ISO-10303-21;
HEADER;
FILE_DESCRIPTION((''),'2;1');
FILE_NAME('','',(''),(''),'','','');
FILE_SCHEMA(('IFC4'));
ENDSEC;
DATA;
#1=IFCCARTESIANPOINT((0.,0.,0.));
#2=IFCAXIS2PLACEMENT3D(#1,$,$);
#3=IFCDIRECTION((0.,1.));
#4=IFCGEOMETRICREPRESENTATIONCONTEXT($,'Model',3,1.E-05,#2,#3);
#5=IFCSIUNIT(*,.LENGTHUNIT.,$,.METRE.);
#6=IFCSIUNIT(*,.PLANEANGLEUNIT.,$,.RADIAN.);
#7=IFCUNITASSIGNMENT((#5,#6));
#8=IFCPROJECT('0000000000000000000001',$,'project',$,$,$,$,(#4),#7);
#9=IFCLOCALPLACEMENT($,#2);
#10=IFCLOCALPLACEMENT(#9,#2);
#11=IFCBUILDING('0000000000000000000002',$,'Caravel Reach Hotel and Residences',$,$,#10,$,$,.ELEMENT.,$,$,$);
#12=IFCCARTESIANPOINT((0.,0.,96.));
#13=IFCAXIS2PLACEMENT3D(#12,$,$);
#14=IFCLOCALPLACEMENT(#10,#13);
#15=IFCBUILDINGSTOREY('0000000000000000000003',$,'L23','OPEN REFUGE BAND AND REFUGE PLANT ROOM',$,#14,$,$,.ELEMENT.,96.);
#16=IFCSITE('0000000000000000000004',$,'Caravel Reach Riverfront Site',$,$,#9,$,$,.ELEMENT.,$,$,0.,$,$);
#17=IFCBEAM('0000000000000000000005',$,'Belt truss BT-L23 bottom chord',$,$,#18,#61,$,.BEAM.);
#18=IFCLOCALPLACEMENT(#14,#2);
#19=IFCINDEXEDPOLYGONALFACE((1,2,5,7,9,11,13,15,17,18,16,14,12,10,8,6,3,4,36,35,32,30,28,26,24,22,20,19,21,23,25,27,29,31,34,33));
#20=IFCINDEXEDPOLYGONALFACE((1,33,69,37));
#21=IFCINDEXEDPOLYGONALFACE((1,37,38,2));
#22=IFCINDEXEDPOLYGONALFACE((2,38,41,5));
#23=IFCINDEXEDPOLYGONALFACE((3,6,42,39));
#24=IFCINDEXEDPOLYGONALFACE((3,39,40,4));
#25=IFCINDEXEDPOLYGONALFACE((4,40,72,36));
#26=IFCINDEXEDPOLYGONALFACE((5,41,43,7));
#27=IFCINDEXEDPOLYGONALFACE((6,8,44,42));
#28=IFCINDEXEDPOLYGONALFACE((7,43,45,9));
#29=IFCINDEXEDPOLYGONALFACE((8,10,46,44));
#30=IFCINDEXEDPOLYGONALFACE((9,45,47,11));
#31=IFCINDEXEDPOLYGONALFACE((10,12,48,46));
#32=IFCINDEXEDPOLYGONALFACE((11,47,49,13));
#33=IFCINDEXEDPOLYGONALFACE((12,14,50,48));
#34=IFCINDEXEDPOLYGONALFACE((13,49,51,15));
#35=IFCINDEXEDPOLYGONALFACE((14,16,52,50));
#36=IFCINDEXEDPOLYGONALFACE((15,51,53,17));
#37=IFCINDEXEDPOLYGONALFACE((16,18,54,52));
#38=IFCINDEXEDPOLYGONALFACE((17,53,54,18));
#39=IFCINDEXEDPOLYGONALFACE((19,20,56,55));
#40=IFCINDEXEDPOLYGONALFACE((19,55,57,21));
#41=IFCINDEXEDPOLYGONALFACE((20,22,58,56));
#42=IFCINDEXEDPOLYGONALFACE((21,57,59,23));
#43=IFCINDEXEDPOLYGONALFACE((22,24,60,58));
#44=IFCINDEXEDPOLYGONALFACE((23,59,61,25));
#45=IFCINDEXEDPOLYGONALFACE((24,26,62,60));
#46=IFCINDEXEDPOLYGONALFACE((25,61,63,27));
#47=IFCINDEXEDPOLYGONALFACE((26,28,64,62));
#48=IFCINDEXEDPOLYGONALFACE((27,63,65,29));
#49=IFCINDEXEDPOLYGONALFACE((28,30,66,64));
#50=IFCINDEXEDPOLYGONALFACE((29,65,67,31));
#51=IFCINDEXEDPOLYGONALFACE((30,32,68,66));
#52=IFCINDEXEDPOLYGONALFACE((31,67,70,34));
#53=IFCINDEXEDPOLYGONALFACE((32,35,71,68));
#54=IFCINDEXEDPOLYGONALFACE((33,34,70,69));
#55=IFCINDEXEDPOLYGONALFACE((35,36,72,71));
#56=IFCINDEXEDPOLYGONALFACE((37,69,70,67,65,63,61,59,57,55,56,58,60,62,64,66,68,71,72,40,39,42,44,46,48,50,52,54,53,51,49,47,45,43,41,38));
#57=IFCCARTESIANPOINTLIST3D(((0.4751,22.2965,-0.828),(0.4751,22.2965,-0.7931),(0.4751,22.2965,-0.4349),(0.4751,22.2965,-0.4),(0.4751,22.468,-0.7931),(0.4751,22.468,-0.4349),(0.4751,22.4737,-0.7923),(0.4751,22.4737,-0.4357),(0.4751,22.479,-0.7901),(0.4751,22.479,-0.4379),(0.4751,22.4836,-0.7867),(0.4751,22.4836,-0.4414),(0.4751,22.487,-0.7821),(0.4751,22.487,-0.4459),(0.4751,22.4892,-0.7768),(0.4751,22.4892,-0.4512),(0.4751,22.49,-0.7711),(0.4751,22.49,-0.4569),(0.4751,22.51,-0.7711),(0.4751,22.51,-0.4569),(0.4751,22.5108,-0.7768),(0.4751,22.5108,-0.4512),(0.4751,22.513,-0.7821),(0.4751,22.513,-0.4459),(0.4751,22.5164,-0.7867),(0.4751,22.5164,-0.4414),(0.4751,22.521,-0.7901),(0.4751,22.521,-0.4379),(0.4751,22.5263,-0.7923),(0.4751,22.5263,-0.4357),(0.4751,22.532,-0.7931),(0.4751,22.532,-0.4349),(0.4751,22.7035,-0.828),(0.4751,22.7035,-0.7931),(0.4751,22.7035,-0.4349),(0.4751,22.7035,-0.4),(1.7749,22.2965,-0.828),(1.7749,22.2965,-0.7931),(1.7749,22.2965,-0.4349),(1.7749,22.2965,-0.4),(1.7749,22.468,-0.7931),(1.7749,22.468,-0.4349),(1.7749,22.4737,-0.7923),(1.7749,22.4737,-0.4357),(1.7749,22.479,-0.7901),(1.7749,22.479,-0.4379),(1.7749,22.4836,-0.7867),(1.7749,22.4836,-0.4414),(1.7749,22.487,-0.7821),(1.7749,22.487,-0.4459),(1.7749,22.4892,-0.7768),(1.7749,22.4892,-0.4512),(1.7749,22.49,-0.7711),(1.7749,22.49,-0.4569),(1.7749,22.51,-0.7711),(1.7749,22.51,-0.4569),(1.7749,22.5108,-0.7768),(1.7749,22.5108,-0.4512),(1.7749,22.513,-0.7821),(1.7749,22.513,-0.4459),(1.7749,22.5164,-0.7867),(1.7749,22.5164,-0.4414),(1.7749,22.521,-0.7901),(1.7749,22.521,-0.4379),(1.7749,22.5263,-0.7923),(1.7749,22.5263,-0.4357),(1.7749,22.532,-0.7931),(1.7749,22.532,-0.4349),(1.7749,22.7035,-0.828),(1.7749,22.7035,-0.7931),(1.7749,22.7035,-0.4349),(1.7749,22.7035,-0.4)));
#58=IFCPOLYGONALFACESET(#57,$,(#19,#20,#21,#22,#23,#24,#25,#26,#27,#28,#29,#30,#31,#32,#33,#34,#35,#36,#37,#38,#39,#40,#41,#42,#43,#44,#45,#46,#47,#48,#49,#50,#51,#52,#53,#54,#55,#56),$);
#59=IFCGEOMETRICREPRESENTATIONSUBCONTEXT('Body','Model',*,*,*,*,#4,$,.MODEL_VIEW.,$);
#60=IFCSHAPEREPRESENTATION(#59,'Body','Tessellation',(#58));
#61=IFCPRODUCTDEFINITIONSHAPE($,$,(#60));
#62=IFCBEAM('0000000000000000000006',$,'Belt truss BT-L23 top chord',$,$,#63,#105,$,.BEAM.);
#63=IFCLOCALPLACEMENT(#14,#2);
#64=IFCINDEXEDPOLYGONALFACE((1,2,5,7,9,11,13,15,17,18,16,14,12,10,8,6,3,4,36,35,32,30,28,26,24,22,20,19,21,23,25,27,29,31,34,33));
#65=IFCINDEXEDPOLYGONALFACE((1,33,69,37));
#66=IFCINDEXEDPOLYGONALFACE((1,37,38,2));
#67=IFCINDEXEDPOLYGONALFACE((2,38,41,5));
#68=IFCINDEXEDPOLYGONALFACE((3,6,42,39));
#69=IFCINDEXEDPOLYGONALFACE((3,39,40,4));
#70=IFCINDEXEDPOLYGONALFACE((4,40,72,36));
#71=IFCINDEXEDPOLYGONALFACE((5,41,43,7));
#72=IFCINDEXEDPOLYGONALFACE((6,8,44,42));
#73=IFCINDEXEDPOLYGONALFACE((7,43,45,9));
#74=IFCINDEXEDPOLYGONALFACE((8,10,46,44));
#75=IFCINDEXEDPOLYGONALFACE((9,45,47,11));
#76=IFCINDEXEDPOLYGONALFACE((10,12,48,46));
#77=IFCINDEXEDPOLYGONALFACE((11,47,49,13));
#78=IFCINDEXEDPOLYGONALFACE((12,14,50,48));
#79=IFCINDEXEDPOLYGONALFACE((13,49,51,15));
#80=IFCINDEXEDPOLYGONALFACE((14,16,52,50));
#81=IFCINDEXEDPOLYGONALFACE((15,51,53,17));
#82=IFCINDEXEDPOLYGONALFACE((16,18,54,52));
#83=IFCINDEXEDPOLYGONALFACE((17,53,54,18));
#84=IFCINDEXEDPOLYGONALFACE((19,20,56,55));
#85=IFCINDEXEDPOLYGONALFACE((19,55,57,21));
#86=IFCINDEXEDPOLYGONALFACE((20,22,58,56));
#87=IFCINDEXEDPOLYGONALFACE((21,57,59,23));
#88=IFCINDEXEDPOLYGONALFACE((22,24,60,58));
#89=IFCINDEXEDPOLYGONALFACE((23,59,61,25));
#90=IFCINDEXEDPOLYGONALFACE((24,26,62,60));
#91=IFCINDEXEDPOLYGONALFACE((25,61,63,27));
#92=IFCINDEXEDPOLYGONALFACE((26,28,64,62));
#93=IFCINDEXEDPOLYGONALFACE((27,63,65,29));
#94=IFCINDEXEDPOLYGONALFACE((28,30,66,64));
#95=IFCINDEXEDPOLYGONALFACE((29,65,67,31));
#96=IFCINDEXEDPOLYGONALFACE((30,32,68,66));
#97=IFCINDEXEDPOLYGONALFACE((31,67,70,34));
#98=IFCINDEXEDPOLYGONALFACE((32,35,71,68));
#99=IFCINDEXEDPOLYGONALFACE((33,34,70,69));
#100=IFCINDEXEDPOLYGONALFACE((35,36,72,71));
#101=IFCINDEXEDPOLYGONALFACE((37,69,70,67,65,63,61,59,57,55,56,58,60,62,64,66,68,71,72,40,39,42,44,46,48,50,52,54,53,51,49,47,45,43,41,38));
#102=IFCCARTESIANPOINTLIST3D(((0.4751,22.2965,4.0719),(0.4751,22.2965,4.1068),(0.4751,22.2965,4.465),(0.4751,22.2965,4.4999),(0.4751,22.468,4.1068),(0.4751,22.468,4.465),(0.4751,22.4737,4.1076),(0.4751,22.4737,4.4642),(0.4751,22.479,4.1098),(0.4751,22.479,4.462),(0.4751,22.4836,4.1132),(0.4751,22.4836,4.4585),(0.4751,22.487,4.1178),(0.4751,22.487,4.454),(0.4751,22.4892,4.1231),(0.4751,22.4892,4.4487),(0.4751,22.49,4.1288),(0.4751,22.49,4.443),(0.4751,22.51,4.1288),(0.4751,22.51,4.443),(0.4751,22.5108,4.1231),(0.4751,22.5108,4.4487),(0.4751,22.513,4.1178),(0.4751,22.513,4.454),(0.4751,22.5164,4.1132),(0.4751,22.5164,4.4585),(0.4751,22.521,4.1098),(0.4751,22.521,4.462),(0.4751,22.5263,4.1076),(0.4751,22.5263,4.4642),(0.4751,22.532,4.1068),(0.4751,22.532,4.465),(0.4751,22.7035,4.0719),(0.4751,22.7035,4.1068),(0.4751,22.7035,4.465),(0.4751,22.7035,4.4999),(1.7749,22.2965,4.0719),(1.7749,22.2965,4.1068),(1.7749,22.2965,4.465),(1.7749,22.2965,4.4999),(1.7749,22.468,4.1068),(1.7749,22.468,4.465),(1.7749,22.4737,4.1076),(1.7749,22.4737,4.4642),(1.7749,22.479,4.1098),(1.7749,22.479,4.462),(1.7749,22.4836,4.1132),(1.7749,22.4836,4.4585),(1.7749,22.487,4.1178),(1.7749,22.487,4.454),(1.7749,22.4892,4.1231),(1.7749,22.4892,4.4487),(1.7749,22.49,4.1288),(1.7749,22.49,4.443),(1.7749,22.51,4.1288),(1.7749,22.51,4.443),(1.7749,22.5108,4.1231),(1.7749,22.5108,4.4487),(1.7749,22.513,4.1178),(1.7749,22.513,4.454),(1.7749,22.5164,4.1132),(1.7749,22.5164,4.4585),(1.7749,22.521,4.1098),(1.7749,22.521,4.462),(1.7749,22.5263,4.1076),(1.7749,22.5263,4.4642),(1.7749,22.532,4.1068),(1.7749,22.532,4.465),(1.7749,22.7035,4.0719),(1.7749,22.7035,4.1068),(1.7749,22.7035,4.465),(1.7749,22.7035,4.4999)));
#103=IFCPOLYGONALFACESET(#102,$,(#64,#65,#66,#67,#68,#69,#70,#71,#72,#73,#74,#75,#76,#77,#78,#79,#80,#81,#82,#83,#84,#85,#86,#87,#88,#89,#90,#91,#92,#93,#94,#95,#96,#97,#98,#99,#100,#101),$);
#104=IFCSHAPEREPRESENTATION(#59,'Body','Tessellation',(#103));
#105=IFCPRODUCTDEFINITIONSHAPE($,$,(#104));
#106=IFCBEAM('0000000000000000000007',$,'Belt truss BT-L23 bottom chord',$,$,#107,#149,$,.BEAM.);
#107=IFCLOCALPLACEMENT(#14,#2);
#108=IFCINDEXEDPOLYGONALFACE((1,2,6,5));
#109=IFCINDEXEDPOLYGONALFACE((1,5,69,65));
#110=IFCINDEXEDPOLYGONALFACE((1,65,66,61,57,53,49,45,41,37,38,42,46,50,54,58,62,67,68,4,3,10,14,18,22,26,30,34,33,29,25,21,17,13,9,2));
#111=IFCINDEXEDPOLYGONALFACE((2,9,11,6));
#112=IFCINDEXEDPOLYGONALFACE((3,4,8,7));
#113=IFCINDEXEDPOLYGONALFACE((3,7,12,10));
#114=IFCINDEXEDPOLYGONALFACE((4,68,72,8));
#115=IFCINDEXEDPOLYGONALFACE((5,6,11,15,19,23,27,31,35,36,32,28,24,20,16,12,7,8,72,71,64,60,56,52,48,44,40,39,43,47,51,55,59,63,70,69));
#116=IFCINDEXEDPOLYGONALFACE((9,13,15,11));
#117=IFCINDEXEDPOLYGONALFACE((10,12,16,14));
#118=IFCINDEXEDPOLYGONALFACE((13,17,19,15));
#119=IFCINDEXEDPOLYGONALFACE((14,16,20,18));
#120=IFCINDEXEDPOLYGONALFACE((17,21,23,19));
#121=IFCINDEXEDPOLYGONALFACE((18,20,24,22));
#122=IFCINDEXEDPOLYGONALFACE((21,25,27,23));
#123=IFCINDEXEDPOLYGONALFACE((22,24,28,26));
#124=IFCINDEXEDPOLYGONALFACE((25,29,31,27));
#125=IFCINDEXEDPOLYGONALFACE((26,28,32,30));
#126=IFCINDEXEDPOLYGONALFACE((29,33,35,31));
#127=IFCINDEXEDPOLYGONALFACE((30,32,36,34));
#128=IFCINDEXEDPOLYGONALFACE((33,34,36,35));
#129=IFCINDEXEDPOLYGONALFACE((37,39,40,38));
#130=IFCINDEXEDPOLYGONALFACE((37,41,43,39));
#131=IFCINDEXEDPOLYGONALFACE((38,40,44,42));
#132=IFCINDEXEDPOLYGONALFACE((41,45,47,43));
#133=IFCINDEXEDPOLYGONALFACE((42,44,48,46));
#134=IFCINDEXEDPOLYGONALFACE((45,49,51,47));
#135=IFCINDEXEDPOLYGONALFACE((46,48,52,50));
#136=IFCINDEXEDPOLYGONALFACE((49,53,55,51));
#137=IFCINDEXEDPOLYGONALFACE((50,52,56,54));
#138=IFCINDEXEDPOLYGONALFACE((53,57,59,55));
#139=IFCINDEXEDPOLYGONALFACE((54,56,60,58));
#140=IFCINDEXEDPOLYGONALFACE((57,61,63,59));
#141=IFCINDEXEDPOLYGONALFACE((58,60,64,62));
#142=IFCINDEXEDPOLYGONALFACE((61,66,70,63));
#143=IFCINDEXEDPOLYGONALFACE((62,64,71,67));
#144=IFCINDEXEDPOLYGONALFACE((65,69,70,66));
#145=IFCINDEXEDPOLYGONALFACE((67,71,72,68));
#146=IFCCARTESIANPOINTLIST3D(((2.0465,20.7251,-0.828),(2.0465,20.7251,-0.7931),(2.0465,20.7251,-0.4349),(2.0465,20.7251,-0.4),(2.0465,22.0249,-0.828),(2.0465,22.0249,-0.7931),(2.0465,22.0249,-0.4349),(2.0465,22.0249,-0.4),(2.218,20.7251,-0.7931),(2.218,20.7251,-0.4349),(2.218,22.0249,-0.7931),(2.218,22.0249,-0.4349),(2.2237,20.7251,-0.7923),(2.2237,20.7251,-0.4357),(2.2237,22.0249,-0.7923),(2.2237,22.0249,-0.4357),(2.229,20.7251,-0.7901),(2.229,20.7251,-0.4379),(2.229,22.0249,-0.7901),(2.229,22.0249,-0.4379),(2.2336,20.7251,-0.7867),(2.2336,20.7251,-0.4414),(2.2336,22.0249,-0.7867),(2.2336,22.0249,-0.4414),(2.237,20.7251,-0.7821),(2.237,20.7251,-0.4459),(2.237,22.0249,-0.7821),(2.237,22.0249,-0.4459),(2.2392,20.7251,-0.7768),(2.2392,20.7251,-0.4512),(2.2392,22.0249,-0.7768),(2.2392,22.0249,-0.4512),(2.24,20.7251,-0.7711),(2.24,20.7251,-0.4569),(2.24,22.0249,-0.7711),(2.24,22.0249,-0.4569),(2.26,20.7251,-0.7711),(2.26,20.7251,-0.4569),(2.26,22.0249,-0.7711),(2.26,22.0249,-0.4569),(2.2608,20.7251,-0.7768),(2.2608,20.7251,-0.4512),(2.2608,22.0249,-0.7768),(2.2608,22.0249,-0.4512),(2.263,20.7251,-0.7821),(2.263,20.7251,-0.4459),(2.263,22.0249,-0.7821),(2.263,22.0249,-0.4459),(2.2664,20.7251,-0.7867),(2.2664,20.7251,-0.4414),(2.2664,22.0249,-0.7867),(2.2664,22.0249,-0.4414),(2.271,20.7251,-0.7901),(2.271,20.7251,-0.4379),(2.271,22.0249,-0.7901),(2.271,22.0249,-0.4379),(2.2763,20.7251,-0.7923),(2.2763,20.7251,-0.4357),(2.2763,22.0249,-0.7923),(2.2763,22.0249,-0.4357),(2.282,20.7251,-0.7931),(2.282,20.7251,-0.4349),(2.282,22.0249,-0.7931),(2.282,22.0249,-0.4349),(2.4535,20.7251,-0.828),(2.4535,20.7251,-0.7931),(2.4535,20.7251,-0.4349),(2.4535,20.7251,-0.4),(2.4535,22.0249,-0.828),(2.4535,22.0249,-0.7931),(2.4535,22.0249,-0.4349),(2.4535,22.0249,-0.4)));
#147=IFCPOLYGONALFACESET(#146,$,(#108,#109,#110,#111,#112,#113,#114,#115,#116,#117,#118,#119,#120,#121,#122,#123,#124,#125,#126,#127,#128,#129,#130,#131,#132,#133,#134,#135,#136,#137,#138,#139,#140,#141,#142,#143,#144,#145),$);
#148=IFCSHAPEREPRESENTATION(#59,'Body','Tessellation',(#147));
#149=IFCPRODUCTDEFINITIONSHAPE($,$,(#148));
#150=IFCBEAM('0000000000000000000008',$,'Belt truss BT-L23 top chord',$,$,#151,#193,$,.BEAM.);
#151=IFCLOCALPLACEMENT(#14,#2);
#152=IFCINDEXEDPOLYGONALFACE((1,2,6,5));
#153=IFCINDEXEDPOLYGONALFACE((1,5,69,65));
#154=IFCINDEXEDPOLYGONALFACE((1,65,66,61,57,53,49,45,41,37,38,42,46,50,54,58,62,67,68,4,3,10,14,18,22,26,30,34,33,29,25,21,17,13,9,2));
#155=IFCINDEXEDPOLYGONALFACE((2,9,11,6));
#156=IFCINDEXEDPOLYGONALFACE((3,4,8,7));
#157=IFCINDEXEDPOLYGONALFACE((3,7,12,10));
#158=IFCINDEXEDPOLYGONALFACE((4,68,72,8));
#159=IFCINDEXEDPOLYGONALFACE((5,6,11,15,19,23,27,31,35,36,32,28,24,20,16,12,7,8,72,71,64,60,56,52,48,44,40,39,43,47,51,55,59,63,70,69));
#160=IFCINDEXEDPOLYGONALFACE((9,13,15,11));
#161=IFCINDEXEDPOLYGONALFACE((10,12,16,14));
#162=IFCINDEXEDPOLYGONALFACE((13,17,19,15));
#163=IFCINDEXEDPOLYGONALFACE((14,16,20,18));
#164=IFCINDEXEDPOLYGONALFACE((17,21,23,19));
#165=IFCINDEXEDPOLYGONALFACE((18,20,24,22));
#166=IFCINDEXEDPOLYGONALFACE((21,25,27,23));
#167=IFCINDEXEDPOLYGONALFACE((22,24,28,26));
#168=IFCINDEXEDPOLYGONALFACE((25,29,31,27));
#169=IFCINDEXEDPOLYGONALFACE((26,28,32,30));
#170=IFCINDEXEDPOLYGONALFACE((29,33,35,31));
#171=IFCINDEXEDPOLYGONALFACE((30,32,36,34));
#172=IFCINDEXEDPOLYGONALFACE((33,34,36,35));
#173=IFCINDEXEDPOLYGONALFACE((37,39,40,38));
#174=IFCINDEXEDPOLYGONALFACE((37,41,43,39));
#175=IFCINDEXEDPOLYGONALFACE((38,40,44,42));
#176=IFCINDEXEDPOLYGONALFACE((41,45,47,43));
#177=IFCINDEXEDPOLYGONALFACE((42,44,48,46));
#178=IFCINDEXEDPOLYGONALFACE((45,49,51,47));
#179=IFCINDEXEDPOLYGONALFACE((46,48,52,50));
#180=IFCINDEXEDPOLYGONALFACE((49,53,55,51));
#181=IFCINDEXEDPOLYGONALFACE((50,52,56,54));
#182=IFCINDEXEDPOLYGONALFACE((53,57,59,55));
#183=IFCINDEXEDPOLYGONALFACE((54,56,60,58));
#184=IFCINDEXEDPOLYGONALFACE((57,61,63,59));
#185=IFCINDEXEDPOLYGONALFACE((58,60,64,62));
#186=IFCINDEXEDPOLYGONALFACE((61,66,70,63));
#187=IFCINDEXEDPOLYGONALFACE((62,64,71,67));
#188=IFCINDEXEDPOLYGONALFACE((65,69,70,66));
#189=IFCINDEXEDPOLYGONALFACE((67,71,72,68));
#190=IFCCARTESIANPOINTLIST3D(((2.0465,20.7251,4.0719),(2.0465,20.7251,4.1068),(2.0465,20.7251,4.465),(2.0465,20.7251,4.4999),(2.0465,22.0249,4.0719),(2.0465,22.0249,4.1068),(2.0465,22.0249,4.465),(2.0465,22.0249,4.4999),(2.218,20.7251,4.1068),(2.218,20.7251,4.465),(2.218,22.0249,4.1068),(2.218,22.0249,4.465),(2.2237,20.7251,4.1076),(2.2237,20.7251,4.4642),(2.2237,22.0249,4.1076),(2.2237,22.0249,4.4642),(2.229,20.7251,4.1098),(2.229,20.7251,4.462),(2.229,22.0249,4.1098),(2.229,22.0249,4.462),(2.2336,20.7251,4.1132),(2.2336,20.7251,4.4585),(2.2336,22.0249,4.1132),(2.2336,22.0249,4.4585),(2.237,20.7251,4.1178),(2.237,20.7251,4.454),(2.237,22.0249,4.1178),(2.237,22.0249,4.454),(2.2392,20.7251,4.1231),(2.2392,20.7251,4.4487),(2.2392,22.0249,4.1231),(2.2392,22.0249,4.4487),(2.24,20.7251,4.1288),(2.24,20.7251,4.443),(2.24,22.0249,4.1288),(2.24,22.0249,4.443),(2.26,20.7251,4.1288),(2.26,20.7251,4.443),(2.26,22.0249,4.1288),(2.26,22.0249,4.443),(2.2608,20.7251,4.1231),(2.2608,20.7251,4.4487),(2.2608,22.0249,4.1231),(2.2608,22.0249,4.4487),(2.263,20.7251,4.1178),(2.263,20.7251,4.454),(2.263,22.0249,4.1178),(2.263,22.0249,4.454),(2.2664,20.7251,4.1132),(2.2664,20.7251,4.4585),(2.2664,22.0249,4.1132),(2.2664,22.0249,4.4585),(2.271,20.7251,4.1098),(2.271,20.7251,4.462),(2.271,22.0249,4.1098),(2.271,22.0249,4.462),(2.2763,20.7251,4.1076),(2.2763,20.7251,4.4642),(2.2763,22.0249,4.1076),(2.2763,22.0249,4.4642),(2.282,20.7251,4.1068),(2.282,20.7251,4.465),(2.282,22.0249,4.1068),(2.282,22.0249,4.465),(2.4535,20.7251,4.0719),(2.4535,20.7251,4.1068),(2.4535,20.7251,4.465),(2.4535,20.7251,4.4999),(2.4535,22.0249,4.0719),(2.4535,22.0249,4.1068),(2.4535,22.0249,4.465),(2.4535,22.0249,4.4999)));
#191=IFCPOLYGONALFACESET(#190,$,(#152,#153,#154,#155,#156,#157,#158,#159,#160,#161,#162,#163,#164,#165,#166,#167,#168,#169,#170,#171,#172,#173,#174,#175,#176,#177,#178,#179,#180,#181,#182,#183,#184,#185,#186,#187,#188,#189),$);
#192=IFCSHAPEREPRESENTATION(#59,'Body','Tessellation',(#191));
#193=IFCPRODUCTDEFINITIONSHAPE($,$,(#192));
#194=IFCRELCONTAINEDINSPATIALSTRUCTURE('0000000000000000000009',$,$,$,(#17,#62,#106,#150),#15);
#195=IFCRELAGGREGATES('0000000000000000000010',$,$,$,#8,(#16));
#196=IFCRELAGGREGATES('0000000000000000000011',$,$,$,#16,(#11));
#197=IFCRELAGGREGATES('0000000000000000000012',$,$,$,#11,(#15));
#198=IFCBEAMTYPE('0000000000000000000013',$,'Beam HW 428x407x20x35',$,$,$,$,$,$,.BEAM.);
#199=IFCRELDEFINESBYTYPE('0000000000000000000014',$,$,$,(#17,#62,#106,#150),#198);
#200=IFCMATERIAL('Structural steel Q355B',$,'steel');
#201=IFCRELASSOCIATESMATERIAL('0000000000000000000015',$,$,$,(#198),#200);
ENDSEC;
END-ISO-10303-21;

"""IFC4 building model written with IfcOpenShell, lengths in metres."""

from ifc_helpers import new_model, si_unit, direction, frame, origin, origin_2d, place, context, subcontext, project, spatial, i_section, extrude, material, material_profile, profile_set, type_object, element, save


model = new_model("IFC4")

# Units and contexts
model_context = context("Model", 3, precision=1e-05, world=origin(), true_north=direction((0.0, 1.0)))
body_context = subcontext(model_context, "Body", "Model", "MODEL_VIEW")
ifc_project = project(units=[si_unit("LENGTHUNIT", "METRE"), si_unit("PLANEANGLEUNIT", "RADIAN")], contexts=[model_context])

# Site, building, storey
site_placement = place(None, origin())
site = spatial("IfcSite", under=ifc_project, at=site_placement, Name="Caravel Reach Riverfront Site", CompositionType="ELEMENT", RefElevation=0.0)
building_placement = place(site_placement, origin())
building = spatial("IfcBuilding", under=site, at=building_placement, Name="Caravel Reach Hotel and Residences", CompositionType="ELEMENT")
storey_placement = place(building_placement, frame((0.0, 0.0, 96.0)))
storey = spatial("IfcBuildingStorey", under=building, at=storey_placement, Name="L23", Description="OPEN REFUGE BAND AND REFUGE PLANT ROOM", CompositionType="ELEMENT", Elevation=96.0)

# Beams
ifc_material_1 = material(Name="Structural steel Q355B", Category="steel")
ifc_material_profile_1 = material_profile(ifc_material_1, i_section(OverallWidth=0.407, OverallDepth=0.428, WebThickness=0.02, FlangeThickness=0.0349, FilletRadius=0.022, at=origin_2d()), Name="HW 428x407x20x35")
ifc_profile_set_1 = profile_set([ifc_material_profile_1], Name="Structural steel Q355B")
beam_type_1 = type_object("IfcBeamType", Name="Beam HW 428x407x20x35", PredefinedType="BEAM", material=ifc_profile_set_1)
for number, where, z_axis, x_axis, name in (
    (1, (0.4751, 22.5, -0.614), (1.0, 0.0, 0.0), (0.0, 1.0, 0.0), "Belt truss BT-L23 bottom chord"),
    (2, (0.4751, 22.5, 4.2859), (1.0, 0.0, 0.0), (0.0, 1.0, 0.0), "Belt truss BT-L23 top chord"),
    (3, (2.25, 22.0249, -0.614), (0.0, -1.0, 0.0), (1.0, 0.0, 0.0), "Belt truss BT-L23 bottom chord"),
    (4, (2.25, 22.0249, 4.2859), (0.0, -1.0, 0.0), (1.0, 0.0, 0.0), "Belt truss BT-L23 top chord"),
):
    element("IfcBeam", number, at=place(storey_placement, frame(where, z_axis=z_axis, x_axis=x_axis)), inside=storey, type_object=beam_type_1, Name=name, PredefinedType="BEAM", context=body_context, shape_type="SweptSolid", body=[
        extrude(i_section(OverallWidth=0.407, OverallDepth=0.428, WebThickness=0.02, FlangeThickness=0.0349, FilletRadius=0.022, at=origin_2d()), origin(), (0.0, 0.0, 1.0), 1.2998),
    ])

save(model, "model.ifc")
